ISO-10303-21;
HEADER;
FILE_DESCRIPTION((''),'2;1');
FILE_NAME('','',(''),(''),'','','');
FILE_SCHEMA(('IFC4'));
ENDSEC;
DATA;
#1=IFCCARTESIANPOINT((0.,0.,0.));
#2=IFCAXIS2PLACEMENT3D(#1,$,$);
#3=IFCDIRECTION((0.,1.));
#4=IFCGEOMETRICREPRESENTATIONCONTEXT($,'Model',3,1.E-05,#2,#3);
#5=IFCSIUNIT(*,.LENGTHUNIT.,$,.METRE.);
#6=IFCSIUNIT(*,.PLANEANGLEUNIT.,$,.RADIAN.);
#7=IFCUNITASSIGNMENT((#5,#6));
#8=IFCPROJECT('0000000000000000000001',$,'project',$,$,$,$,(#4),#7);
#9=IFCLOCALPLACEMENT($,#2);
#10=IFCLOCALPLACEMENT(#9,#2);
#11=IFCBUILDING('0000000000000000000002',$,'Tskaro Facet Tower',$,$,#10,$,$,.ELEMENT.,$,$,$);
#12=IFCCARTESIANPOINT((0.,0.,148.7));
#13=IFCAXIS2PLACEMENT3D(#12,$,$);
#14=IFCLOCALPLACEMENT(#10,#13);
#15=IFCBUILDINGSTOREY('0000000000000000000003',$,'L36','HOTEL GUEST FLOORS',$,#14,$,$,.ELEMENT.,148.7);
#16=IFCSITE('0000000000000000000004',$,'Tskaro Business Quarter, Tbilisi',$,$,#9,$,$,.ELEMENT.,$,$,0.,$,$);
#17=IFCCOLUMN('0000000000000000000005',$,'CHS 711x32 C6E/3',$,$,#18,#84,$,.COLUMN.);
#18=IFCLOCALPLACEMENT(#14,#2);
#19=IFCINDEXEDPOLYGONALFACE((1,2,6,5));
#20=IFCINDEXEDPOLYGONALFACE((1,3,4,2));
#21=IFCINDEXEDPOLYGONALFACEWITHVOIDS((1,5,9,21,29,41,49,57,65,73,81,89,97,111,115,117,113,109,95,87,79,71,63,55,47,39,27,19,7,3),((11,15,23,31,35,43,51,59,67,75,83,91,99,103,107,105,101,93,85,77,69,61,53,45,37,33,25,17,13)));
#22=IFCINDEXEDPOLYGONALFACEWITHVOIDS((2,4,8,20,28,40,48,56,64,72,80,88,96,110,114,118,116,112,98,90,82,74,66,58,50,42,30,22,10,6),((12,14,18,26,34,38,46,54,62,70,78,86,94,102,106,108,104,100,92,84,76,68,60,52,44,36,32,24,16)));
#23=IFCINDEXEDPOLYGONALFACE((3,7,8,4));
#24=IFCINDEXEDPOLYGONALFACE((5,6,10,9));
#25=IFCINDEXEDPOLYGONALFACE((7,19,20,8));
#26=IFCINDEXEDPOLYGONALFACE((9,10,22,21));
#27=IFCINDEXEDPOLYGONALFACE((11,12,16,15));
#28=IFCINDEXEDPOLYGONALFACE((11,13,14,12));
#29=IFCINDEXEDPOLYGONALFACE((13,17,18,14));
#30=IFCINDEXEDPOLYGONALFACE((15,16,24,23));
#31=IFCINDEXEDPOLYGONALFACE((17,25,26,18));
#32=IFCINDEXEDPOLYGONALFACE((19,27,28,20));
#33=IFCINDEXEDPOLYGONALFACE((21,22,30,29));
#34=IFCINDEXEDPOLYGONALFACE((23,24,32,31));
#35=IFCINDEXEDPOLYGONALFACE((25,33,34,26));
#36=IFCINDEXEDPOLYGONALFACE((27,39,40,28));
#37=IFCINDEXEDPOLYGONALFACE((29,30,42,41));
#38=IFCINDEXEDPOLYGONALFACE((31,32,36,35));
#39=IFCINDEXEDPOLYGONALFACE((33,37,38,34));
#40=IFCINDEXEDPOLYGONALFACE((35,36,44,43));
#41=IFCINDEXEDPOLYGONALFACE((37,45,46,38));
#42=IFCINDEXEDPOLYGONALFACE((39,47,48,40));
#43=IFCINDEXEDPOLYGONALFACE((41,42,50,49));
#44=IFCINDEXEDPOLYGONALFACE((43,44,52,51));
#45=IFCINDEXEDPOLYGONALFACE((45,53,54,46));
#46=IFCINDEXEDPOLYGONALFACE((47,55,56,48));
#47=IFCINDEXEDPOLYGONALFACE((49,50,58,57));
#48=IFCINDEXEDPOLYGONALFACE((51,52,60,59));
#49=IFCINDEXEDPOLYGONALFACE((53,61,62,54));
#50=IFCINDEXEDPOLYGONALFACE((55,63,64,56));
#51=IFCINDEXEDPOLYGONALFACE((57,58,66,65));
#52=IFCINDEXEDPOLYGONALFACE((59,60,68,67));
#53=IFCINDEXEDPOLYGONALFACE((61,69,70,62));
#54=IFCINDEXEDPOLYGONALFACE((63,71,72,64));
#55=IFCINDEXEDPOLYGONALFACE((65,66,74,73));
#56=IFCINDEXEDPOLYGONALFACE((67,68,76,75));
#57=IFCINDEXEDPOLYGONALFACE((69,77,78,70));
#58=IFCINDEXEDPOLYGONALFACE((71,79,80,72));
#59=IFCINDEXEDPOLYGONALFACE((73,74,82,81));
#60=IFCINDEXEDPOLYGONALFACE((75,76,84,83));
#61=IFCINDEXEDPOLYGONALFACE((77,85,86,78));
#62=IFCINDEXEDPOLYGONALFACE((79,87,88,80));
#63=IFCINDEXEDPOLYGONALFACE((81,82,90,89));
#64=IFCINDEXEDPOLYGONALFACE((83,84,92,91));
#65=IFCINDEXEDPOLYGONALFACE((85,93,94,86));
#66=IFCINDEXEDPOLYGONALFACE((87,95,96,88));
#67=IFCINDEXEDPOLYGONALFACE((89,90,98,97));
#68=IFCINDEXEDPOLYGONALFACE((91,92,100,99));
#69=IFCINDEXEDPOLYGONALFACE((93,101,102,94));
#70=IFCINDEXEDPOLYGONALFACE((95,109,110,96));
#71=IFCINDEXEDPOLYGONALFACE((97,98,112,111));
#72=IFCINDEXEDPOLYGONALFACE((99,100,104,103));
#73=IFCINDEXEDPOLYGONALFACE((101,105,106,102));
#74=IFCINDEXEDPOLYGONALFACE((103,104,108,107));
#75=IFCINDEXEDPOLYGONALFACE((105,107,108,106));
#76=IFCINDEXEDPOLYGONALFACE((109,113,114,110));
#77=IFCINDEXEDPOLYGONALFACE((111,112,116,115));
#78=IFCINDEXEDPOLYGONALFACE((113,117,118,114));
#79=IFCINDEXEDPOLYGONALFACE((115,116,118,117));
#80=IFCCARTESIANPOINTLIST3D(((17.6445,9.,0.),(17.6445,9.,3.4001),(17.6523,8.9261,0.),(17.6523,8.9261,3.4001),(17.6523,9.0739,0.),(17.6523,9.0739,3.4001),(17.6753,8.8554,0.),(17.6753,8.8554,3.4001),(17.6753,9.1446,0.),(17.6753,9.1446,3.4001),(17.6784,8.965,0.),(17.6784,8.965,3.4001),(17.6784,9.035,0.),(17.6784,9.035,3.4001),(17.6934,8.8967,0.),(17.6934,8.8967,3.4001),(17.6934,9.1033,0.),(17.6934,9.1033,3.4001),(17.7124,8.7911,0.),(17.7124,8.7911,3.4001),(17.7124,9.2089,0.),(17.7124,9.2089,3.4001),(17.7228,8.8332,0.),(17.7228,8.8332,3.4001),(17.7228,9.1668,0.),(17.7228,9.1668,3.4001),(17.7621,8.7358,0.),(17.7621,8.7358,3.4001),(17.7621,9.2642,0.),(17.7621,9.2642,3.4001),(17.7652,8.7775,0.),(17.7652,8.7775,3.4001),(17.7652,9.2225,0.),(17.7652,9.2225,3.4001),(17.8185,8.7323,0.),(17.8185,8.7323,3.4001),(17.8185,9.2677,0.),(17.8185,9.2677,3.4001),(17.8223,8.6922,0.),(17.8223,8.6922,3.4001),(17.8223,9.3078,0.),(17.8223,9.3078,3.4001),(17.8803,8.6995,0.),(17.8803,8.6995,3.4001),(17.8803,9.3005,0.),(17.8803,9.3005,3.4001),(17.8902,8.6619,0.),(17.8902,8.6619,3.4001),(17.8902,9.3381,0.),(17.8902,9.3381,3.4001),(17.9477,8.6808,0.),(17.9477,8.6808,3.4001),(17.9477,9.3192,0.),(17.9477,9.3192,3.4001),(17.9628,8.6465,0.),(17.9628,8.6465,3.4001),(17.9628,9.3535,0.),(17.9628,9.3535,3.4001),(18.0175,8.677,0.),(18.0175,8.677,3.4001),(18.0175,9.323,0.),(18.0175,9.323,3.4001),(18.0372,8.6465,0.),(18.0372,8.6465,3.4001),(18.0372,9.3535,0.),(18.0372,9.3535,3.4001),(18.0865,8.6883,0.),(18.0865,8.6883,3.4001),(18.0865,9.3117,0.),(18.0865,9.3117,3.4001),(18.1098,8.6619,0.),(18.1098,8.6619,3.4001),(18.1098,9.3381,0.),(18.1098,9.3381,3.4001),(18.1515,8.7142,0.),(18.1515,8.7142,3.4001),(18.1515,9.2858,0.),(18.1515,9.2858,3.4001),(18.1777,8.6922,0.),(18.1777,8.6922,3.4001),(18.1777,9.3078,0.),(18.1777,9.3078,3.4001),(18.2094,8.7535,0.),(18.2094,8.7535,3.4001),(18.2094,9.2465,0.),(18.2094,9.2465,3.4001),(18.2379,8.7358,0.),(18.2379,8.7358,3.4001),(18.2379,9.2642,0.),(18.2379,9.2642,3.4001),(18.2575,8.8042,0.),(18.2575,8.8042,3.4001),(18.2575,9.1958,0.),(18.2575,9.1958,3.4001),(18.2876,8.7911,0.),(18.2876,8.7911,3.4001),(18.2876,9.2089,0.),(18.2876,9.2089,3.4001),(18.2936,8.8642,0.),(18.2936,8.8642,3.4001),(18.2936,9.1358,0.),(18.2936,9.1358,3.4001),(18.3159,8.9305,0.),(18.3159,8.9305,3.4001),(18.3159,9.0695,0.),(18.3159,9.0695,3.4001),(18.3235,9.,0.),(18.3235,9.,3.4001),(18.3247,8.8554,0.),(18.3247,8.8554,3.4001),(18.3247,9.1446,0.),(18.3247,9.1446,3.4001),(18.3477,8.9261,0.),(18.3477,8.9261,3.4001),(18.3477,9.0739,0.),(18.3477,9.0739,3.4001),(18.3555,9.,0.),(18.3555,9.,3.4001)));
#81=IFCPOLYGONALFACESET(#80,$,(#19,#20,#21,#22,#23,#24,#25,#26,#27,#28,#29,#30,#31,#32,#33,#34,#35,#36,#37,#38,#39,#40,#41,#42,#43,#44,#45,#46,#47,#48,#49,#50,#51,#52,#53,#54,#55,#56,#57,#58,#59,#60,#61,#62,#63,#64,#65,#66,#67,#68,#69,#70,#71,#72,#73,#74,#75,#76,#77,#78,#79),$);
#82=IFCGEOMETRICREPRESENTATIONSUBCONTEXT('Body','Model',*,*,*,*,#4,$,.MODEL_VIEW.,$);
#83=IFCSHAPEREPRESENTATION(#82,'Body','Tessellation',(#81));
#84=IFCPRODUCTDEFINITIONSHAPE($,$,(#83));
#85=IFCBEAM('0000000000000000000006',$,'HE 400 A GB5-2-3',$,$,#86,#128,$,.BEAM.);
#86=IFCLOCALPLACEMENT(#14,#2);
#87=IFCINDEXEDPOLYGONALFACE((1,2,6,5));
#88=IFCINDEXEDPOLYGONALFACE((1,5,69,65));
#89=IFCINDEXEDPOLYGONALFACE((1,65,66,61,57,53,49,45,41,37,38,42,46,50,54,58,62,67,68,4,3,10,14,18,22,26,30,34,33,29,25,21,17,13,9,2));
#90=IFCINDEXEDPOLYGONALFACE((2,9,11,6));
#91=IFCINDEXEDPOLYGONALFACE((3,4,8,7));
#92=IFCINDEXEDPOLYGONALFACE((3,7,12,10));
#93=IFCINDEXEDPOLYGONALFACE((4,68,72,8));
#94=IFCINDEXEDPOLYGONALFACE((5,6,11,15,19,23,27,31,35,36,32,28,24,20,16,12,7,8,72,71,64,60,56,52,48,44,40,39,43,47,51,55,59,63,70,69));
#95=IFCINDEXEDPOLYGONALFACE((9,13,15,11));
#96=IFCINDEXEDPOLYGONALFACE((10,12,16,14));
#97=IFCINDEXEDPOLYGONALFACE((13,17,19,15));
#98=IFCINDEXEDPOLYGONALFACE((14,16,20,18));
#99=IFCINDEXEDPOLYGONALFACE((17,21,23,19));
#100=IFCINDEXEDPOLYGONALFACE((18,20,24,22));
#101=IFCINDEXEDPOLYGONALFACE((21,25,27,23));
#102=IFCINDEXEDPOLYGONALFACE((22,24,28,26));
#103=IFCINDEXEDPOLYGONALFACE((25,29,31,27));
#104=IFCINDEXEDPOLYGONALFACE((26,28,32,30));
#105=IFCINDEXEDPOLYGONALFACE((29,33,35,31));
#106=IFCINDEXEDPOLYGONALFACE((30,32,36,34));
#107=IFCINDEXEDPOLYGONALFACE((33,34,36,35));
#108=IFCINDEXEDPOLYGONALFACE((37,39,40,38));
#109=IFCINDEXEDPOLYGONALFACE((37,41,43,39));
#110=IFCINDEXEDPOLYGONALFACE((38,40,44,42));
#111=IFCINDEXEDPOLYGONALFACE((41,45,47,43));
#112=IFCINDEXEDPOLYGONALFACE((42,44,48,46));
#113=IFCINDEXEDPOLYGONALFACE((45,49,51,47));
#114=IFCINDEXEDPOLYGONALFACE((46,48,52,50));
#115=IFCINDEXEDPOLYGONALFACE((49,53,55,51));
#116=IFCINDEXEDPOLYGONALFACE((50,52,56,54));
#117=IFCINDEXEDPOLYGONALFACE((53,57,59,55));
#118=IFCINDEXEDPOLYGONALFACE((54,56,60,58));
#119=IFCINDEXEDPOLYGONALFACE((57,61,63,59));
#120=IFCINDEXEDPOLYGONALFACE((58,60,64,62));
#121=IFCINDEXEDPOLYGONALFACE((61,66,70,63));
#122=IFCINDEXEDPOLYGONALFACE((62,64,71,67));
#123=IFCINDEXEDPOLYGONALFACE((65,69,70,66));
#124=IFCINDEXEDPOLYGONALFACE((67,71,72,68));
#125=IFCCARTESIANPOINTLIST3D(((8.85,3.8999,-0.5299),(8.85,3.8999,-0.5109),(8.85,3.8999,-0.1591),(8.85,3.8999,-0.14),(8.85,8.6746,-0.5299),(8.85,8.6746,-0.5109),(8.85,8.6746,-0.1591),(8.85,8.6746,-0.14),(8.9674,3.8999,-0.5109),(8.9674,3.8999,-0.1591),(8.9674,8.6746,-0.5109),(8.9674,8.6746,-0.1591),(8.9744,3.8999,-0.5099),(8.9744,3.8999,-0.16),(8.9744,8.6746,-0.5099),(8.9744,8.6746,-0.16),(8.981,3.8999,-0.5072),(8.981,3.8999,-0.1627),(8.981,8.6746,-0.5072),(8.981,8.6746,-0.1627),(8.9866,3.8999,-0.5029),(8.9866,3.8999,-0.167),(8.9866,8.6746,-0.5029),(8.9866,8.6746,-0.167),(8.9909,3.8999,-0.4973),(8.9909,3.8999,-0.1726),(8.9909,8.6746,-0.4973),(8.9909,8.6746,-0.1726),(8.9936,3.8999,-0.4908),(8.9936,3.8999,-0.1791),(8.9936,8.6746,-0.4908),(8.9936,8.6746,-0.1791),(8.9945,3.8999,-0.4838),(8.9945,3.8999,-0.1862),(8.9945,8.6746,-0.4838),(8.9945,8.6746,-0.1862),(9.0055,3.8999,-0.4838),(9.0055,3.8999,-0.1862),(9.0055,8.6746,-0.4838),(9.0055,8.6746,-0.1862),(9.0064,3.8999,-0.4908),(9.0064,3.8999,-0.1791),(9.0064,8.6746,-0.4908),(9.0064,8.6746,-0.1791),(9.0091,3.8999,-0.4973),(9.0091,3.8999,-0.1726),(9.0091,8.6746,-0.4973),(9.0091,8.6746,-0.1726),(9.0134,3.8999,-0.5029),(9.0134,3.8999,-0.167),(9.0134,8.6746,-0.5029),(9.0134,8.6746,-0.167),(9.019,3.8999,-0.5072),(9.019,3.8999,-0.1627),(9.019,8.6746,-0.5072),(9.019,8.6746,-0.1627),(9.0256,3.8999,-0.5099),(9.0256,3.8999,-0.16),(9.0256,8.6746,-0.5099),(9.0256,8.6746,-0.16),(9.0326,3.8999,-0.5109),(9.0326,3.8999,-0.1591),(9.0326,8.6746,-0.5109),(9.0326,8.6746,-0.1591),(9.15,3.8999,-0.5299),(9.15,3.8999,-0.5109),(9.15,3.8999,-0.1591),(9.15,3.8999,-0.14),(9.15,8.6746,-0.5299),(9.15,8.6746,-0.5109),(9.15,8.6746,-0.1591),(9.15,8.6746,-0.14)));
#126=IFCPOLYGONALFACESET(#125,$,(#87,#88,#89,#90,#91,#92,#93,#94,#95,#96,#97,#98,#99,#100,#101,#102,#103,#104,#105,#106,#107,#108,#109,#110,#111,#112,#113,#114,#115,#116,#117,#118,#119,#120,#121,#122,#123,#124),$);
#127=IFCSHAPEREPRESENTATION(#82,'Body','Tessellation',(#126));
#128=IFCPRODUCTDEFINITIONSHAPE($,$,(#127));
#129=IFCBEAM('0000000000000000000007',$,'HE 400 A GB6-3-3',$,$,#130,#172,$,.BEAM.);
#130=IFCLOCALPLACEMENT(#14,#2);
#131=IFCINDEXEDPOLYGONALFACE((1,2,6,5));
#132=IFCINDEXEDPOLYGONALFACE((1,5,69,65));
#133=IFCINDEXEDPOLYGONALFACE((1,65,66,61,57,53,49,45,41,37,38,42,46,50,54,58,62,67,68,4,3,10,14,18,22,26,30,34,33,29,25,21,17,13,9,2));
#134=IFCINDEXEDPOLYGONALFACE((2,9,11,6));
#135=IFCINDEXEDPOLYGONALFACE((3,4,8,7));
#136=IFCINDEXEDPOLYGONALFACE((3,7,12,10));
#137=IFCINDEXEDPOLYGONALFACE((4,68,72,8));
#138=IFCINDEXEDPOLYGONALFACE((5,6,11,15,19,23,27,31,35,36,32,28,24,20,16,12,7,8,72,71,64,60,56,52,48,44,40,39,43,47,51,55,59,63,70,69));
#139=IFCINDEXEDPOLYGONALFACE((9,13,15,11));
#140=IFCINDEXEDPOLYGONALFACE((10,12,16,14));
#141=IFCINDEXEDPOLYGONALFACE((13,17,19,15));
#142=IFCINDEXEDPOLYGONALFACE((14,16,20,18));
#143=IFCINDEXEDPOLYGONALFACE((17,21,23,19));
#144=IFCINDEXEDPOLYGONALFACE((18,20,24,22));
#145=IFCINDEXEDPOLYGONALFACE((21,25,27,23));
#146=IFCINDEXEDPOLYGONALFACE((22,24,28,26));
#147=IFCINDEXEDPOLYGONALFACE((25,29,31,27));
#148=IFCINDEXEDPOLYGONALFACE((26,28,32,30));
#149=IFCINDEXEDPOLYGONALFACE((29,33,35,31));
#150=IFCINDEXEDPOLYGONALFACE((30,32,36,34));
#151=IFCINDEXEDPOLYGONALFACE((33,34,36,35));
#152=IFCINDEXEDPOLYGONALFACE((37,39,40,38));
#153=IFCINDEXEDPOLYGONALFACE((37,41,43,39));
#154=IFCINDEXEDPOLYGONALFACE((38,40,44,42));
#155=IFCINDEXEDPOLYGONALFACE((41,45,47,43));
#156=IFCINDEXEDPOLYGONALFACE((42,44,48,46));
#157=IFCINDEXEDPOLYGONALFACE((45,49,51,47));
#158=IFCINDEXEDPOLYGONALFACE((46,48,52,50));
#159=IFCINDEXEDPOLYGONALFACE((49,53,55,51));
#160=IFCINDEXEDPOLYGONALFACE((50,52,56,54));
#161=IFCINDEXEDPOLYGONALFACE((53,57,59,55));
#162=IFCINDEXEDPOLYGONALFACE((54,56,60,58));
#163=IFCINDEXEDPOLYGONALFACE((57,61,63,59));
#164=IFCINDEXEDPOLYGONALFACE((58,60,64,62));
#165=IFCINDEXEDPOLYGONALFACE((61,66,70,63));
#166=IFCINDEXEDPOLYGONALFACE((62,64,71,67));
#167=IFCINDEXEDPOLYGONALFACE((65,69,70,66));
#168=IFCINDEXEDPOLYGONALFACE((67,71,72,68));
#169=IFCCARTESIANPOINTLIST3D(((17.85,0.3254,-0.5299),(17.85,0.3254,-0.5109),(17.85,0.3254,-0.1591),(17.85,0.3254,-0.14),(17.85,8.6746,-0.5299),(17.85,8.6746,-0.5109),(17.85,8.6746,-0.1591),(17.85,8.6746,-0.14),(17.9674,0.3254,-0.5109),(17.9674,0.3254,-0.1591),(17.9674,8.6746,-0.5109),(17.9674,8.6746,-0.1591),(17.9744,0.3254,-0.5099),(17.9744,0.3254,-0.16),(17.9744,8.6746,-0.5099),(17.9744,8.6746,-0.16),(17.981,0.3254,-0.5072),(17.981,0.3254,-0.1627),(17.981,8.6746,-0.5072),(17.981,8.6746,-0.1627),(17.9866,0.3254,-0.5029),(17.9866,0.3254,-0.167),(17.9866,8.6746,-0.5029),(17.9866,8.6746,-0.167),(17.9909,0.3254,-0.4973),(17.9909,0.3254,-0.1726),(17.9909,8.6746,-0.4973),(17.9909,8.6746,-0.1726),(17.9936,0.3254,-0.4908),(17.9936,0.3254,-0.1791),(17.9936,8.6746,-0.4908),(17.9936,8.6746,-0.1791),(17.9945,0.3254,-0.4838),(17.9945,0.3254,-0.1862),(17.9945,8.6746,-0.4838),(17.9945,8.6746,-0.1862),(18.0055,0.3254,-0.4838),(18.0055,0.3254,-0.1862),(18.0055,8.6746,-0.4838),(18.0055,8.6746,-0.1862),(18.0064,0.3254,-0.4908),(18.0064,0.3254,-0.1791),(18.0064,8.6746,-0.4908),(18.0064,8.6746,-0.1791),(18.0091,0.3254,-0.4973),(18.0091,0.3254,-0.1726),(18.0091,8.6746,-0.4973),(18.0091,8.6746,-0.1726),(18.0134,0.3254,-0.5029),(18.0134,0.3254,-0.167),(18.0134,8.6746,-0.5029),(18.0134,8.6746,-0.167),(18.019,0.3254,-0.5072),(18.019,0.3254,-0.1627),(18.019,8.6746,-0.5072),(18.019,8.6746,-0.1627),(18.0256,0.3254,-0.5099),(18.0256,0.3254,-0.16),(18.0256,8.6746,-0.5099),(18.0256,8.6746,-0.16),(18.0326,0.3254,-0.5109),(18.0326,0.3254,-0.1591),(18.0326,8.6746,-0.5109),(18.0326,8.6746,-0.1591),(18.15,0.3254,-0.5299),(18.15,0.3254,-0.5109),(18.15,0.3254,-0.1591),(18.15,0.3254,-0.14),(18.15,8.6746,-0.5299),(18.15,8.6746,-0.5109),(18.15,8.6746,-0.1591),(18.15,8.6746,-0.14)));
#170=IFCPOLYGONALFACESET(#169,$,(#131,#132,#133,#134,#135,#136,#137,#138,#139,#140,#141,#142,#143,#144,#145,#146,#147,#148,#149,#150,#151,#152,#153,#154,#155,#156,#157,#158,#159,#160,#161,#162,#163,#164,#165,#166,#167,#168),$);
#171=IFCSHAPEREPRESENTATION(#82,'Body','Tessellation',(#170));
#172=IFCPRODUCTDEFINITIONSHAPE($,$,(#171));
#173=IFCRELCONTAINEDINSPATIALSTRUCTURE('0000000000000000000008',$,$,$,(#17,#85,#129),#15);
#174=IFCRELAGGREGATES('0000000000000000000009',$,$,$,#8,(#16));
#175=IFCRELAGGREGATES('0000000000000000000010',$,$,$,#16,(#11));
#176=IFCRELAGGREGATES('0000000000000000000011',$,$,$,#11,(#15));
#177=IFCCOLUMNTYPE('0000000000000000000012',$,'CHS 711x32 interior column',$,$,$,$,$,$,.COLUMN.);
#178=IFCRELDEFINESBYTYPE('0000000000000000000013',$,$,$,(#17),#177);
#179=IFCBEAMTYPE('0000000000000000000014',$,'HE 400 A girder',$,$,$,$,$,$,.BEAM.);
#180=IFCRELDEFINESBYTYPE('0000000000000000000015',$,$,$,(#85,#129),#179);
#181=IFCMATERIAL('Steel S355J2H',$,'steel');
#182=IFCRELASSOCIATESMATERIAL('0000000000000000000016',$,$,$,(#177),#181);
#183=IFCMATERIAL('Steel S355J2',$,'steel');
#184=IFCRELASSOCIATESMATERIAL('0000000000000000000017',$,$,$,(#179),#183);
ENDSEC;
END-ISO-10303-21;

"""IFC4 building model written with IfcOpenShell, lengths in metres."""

from ifc_helpers import new_model, si_unit, direction, frame, origin, origin_2d, place, context, subcontext, project, spatial, hollow_circle, i_section, extrude, material, material_profile, profile_set, type_object, element, save


model = new_model("IFC4")

# Units and contexts
model_context = context("Model", 3, precision=1e-05, world=origin(), true_north=direction((0.0, 1.0)))
body_context = subcontext(model_context, "Body", "Model", "MODEL_VIEW")
ifc_project = project(units=[si_unit("LENGTHUNIT", "METRE"), si_unit("PLANEANGLEUNIT", "RADIAN")], contexts=[model_context])

# Site, building, storey
site_placement = place(None, origin())
site = spatial("IfcSite", under=ifc_project, at=site_placement, Name="Tskaro Business Quarter, Tbilisi", CompositionType="ELEMENT", RefElevation=0.0)
building_placement = place(site_placement, origin())
building = spatial("IfcBuilding", under=site, at=building_placement, Name="Tskaro Facet Tower", CompositionType="ELEMENT")
storey_placement = place(building_placement, frame((0.0, 0.0, 148.7)))
storey = spatial("IfcBuildingStorey", under=building, at=storey_placement, Name="L36", Description="HOTEL GUEST FLOORS", CompositionType="ELEMENT", Elevation=148.7)

# Column
ifc_material_1 = material(Name="Steel S355J2H", Category="steel")
ifc_material_profile_1 = material_profile(ifc_material_1, hollow_circle(Radius=0.3555, WallThickness=0.032, at=origin_2d()), Name="CHS 711x32")
ifc_profile_set_1 = profile_set([ifc_material_profile_1], Name="Steel S355J2H")
column_type = type_object("IfcColumnType", Name="CHS 711x32 interior column", PredefinedType="COLUMN", material=ifc_profile_set_1)
for number, where, z_axis, x_axis, name in (
    (1, (18.0, 9.0, 0.0), (0.0, 0.0, 1.0), (1.0, 0.0, 0.0), "CHS 711x32 C6E/3"),
):
    element("IfcColumn", number, at=place(storey_placement, frame(where, z_axis=z_axis, x_axis=x_axis)), inside=storey, type_object=column_type, Name=name, PredefinedType="COLUMN", context=body_context, shape_type="SweptSolid", body=[
        extrude(hollow_circle(Radius=0.3555, WallThickness=0.032, at=origin_2d()), origin(), (0.0, 0.0, 1.0), 3.4001),
    ])

# Beams
ifc_material_2 = material(Name="Steel S355J2", Category="steel")
ifc_material_profile_2 = material_profile(ifc_material_2, i_section(OverallWidth=0.3, OverallDepth=0.3899, WebThickness=0.011, FlangeThickness=0.019, FilletRadius=0.0271, at=origin_2d()), Name="HE 400 A")
ifc_profile_set_2 = profile_set([ifc_material_profile_2], Name="Steel S355J2")
beam_type_1 = type_object("IfcBeamType", Name="HE 400 A girder", PredefinedType="BEAM", material=ifc_profile_set_2)
beam_1_placement = place(storey_placement, frame((9.0, 3.8999, -0.335), z_axis=(0.0, 1.0, 0.0), x_axis=(-1.0, 0.0, 0.0)))
element("IfcBeam", 2, at=beam_1_placement, inside=storey, type_object=beam_type_1, Name="HE 400 A GB5-2-3", PredefinedType="BEAM", context=body_context, shape_type="SweptSolid", body=[
    extrude(i_section(OverallWidth=0.3, OverallDepth=0.3899, WebThickness=0.011, FlangeThickness=0.019, FilletRadius=0.0271, at=origin_2d()), origin(), (0.0, 0.0, 1.0), 4.7747),
])
beam_2_placement = place(storey_placement, frame((18.0, 0.3254, -0.335), z_axis=(0.0, 1.0, 0.0), x_axis=(-1.0, 0.0, 0.0)))
element("IfcBeam", 3, at=beam_2_placement, inside=storey, type_object=beam_type_1, Name="HE 400 A GB6-3-3", PredefinedType="BEAM", context=body_context, shape_type="SweptSolid", body=[
    extrude(i_section(OverallWidth=0.3, OverallDepth=0.3899, WebThickness=0.011, FlangeThickness=0.019, FilletRadius=0.0271, at=origin_2d()), origin(), (0.0, 0.0, 1.0), 8.3491),
])

save(model, "model.ifc")
